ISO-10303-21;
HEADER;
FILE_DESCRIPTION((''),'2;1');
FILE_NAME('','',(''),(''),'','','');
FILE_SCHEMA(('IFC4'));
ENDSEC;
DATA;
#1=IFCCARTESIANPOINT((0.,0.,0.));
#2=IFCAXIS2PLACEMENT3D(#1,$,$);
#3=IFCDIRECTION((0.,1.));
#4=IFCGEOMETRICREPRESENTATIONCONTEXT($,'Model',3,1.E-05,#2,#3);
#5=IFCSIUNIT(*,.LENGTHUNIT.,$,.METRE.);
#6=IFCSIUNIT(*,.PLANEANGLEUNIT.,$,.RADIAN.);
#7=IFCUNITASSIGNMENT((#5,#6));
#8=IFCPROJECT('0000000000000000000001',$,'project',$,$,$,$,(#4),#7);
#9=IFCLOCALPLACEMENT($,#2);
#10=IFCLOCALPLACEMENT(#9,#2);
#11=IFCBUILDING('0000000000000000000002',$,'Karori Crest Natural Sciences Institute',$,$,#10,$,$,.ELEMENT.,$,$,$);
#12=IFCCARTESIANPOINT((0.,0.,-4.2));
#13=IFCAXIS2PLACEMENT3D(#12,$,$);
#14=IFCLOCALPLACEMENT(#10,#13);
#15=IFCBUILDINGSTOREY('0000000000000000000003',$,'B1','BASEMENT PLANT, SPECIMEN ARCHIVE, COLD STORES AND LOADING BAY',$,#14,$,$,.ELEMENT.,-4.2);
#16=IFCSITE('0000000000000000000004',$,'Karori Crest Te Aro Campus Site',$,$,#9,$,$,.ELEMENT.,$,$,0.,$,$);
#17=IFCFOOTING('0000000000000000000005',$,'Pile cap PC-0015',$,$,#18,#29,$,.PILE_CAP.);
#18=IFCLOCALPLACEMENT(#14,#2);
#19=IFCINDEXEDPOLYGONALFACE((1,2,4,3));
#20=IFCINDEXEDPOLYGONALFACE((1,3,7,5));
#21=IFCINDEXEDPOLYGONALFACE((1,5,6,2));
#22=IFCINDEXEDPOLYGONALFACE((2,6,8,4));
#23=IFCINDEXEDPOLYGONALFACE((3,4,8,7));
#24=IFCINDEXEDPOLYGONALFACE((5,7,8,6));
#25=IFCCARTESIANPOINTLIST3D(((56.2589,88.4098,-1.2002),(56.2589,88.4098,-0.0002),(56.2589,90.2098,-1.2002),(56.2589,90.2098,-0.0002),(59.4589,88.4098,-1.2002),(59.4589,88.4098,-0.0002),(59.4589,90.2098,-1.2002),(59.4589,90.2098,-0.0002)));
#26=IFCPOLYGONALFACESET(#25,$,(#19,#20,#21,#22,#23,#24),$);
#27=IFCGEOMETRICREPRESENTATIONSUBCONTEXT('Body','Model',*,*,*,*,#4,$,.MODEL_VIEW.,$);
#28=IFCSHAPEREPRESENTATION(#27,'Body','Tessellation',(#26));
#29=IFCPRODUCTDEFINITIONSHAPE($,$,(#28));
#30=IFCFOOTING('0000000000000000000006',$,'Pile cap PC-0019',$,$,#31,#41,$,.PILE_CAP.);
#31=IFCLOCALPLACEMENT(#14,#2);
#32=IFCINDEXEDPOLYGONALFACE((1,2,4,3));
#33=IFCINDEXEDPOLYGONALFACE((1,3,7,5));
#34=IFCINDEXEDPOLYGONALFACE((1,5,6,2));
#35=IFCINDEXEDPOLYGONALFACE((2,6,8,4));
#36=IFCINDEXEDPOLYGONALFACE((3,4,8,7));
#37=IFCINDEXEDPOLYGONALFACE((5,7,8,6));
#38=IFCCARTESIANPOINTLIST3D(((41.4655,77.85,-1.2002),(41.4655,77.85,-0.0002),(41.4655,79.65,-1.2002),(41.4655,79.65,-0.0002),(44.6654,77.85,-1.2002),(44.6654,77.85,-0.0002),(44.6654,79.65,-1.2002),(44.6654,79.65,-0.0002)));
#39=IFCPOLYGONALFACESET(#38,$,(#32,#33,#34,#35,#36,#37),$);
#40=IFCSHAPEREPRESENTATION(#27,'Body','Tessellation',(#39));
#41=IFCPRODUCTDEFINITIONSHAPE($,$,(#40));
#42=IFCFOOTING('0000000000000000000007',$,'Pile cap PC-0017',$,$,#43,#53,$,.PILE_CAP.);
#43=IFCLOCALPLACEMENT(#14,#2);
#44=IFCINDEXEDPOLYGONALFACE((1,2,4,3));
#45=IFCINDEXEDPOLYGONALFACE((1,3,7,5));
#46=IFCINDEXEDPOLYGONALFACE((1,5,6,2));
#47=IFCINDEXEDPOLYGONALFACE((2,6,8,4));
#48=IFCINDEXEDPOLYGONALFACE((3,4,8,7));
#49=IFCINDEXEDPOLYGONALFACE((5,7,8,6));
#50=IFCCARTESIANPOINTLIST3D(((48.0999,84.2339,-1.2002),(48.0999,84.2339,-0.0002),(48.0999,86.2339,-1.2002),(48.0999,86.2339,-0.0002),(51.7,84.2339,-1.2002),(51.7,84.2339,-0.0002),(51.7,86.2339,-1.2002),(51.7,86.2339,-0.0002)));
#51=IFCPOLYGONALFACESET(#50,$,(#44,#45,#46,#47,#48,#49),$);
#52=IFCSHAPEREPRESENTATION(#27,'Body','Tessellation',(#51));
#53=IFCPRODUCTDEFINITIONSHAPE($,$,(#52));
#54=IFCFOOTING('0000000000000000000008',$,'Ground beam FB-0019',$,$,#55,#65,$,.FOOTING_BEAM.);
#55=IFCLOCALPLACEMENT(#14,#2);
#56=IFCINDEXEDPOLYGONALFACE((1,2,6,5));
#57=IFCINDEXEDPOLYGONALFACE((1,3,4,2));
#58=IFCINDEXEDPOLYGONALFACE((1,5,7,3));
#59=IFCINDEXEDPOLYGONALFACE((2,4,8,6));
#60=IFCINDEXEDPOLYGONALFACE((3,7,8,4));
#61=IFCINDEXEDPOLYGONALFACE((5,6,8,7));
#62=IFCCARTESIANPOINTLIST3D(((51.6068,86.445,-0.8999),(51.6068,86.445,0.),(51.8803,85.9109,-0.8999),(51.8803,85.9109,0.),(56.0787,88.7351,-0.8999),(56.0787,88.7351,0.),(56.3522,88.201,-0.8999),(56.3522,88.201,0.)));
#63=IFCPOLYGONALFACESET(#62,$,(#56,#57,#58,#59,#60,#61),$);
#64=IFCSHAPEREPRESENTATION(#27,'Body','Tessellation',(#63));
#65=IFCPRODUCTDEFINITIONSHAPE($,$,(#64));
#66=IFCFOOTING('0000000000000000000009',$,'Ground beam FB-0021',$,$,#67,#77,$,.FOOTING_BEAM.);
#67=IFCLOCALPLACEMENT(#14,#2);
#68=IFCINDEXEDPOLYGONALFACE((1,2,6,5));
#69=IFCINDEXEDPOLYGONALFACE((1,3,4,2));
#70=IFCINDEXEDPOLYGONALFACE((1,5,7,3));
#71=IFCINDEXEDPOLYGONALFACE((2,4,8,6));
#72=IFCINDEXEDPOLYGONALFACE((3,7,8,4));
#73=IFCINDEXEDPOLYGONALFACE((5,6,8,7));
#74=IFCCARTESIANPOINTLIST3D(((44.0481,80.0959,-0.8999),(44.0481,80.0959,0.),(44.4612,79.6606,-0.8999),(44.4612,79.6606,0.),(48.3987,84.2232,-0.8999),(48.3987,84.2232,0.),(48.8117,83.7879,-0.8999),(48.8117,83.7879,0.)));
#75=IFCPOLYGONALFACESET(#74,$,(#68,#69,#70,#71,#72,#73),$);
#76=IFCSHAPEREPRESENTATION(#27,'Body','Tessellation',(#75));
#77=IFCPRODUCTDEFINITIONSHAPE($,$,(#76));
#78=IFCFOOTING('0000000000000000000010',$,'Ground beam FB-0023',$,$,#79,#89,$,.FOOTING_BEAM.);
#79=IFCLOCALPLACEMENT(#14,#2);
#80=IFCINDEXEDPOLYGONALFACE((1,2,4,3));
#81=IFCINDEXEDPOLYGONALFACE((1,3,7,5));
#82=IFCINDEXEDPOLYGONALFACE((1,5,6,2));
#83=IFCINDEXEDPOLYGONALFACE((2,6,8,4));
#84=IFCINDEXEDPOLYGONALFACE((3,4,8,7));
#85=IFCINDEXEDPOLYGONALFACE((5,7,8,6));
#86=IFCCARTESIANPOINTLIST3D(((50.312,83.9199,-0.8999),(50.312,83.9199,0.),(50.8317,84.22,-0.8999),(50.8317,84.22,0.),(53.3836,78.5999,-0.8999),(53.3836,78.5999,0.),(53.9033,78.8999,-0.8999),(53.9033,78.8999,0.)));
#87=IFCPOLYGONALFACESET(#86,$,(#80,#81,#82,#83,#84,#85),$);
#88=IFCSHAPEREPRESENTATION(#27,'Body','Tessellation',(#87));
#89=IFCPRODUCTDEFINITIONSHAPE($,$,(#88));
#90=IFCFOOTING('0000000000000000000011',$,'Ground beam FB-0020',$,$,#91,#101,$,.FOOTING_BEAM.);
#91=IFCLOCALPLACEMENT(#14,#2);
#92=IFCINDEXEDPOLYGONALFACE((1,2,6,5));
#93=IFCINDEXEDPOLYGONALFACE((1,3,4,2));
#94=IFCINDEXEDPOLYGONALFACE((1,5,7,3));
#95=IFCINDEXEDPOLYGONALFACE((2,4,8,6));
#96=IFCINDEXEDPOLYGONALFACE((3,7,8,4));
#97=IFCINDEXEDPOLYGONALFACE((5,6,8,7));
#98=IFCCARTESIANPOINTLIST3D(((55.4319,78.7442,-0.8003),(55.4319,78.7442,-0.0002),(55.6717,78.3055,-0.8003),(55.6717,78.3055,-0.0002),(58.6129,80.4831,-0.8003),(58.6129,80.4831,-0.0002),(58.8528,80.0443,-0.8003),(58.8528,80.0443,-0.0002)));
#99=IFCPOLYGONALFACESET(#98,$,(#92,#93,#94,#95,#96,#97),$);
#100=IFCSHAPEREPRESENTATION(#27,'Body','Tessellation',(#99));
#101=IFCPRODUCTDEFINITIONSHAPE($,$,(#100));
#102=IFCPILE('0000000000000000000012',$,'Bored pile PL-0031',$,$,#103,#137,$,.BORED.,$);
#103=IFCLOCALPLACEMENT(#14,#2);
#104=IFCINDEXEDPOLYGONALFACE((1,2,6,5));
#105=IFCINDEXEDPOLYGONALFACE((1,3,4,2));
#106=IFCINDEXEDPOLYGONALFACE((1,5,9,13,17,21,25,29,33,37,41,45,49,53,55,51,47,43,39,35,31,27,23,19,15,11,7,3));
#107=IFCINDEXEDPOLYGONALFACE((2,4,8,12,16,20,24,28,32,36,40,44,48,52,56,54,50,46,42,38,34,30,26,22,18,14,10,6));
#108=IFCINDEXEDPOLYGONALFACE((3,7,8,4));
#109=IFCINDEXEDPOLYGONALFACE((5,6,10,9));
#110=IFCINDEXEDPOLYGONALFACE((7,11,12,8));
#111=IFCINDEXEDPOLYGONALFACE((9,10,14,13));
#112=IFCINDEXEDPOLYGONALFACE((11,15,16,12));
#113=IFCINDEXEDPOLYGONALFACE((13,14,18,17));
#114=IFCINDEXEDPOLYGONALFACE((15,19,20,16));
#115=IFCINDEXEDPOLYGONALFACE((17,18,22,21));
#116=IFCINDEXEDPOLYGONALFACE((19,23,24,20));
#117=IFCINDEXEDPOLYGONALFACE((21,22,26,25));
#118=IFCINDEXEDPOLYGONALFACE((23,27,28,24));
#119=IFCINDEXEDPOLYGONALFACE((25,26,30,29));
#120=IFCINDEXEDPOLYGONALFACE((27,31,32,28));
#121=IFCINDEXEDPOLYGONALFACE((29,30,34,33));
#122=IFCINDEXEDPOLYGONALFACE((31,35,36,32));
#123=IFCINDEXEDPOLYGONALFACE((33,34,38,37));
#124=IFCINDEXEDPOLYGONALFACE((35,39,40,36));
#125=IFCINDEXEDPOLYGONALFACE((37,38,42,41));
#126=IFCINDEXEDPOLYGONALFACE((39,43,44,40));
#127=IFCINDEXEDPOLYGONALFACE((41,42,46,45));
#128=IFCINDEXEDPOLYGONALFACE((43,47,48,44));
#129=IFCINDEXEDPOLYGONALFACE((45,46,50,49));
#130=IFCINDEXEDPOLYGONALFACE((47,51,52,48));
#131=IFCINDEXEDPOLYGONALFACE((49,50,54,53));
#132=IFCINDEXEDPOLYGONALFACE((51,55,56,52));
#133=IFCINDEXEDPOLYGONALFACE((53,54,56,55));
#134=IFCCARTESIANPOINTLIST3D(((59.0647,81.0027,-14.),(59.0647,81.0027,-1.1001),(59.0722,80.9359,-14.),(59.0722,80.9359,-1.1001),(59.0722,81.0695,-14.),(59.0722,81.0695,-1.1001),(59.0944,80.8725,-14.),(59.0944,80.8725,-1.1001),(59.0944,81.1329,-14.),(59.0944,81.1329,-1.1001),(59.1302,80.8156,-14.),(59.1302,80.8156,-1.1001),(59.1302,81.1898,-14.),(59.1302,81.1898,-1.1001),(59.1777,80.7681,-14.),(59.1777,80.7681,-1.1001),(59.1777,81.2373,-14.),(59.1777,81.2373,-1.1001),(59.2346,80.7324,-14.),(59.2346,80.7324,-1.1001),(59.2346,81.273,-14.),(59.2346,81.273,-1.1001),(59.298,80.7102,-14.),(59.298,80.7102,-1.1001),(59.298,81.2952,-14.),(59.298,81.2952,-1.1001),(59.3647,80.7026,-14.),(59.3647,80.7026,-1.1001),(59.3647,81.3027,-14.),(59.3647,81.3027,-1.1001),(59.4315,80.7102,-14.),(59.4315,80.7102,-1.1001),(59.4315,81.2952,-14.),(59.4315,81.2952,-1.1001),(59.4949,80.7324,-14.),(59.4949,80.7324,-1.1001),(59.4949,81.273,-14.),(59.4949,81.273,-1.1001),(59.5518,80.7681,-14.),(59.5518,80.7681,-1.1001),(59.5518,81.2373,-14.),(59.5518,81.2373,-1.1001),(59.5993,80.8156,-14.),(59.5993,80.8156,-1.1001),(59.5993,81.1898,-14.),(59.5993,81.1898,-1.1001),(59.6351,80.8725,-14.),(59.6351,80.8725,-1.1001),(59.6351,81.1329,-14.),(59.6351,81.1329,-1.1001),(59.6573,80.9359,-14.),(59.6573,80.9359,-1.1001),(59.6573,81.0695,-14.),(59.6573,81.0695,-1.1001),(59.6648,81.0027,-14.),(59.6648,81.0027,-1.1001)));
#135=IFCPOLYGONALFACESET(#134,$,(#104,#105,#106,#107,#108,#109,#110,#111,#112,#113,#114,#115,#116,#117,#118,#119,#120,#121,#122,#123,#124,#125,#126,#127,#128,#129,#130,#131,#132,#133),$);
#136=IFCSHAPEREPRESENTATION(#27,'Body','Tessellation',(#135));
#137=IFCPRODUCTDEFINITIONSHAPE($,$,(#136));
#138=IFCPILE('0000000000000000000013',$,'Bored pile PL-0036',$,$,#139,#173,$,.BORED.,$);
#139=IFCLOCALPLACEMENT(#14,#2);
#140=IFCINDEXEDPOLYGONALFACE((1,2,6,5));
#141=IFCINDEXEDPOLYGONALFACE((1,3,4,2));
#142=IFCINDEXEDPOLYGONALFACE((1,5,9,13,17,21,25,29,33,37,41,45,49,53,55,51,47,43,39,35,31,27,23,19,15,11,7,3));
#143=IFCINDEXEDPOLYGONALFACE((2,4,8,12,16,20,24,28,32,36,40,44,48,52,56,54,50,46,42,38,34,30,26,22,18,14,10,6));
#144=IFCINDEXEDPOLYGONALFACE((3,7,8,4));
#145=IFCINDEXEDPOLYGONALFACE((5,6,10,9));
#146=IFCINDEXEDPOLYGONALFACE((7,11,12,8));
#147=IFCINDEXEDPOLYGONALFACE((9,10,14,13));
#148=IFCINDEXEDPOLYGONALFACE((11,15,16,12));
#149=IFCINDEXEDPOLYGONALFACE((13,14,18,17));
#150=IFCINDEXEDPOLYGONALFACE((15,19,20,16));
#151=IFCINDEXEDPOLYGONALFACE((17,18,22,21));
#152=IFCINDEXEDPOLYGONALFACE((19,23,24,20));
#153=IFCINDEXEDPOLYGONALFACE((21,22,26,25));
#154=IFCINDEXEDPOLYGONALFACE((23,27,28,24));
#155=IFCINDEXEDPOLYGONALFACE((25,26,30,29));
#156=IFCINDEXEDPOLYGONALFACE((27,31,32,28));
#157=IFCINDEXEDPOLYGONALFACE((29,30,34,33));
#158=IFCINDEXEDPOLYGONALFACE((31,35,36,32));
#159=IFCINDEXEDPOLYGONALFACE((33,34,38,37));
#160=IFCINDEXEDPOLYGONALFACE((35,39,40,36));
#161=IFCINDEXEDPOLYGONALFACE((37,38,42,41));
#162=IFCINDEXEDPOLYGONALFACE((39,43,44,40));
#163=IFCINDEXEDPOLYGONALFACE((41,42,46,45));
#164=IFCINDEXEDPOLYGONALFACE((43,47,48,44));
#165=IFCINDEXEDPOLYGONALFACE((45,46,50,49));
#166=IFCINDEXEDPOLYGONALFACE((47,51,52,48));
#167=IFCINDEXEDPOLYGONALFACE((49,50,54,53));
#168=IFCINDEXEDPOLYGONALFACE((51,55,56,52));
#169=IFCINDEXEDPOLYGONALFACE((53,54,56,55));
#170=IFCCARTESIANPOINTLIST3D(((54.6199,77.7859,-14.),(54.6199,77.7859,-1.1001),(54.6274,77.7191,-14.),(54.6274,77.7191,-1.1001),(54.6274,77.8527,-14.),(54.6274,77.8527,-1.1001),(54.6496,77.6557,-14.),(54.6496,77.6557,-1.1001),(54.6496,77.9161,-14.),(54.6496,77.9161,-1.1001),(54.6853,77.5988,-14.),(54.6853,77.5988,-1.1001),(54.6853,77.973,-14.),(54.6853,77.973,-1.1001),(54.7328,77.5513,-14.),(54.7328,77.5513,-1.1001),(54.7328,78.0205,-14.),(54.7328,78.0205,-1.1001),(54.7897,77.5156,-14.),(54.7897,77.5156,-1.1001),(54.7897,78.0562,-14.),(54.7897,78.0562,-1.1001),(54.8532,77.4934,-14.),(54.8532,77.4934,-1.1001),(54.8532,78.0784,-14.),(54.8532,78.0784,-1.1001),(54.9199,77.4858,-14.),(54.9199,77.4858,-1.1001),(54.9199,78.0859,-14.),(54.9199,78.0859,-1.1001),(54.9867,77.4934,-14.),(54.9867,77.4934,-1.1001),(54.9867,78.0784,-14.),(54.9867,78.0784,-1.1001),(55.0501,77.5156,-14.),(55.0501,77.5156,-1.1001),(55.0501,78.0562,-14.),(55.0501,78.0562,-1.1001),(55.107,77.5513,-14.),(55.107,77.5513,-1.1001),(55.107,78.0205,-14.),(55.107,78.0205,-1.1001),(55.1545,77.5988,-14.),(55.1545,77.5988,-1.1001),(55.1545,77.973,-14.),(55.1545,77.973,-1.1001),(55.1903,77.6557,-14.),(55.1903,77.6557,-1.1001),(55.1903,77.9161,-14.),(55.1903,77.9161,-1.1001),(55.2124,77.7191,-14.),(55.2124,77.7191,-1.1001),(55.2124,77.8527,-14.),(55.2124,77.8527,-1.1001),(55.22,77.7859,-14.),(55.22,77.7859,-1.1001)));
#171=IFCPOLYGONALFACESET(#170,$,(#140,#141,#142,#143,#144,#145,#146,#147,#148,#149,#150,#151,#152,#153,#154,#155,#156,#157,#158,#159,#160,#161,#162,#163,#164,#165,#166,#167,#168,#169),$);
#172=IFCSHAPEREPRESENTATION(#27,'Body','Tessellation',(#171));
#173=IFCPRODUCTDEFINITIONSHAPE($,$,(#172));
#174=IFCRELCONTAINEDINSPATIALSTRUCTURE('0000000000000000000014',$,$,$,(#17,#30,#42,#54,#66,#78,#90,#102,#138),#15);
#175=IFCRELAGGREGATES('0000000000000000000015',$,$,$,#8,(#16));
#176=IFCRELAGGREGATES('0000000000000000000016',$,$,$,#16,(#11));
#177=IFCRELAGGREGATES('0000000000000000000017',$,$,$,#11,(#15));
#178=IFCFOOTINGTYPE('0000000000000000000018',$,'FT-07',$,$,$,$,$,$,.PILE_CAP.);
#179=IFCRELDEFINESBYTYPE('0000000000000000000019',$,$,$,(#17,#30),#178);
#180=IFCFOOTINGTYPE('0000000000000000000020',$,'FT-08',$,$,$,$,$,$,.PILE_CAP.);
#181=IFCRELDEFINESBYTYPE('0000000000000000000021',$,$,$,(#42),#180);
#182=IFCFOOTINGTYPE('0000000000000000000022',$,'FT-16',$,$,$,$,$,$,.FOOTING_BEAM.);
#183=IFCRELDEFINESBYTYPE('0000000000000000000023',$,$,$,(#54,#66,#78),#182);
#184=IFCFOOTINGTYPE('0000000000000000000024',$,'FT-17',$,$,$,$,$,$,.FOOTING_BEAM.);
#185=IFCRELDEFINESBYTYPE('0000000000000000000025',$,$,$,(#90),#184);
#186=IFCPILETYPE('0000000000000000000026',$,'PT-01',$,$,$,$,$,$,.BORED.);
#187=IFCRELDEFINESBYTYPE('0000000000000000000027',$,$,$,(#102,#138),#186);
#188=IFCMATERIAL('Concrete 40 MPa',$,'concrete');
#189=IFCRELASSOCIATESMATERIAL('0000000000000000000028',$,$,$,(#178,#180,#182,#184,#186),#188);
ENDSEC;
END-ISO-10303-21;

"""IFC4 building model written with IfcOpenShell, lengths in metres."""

from ifc_helpers import new_model, si_unit, direction, frame, origin, origin_2d, place, context, subcontext, project, spatial, rectangle, circle, extrude, material, material_profile, profile_set, type_object, element, save


model = new_model("IFC4")

# Units and contexts
model_context = context("Model", 3, precision=1e-05, world=origin(), true_north=direction((0.0, 1.0)))
body_context = subcontext(model_context, "Body", "Model", "MODEL_VIEW")
ifc_project = project(units=[si_unit("LENGTHUNIT", "METRE"), si_unit("PLANEANGLEUNIT", "RADIAN")], contexts=[model_context])

# Site, building, storey
site_placement = place(None, origin())
site = spatial("IfcSite", under=ifc_project, at=site_placement, Name="Karori Crest Te Aro Campus Site", CompositionType="ELEMENT", RefElevation=0.0)
building_placement = place(site_placement, origin())
building = spatial("IfcBuilding", under=site, at=building_placement, Name="Karori Crest Natural Sciences Institute", CompositionType="ELEMENT")
storey_placement = place(building_placement, frame((0.0, 0.0, -4.2)))
storey = spatial("IfcBuildingStorey", under=building, at=storey_placement, Name="B1", Description="BASEMENT PLANT, SPECIMEN ARCHIVE, COLD STORES AND LOADING BAY", CompositionType="ELEMENT", Elevation=-4.2)

# Footings
ifc_material_1 = material(Name="Concrete 40 MPa", Category="concrete")
footing_type_1 = type_object("IfcFootingType", Name="FT-07", PredefinedType="PILE_CAP", material=ifc_material_1)
for number, where, z_axis, x_axis, name in (
    (1, (57.8589, 89.3098, -1.2002), (0.0, 0.0, 1.0), (1.0, 0.0, 0.0), "Pile cap PC-0015"),
    (2, (43.0654, 78.75, -1.2002), (0.0, 0.0, 1.0), (1.0, 0.0, 0.0), "Pile cap PC-0019"),
):
    element("IfcFooting", number, at=place(storey_placement, frame(where, z_axis=z_axis, x_axis=x_axis)), inside=storey, type_object=footing_type_1, Name=name, PredefinedType="PILE_CAP", context=body_context, shape_type="SweptSolid", body=[
        extrude(rectangle(XDim=3.2, YDim=1.8, at=origin_2d()), origin(), (0.0, 0.0, 1.0), 1.2),
    ])
footing_type_2 = type_object("IfcFootingType", Name="FT-08", PredefinedType="PILE_CAP", material=ifc_material_1)
footing_1_placement = place(storey_placement, frame((49.8999, 85.2339, -1.2002), z_axis=(0.0, 0.0, 1.0), x_axis=(1.0, 0.0, 0.0)))
element("IfcFooting", 3, at=footing_1_placement, inside=storey, type_object=footing_type_2, Name="Pile cap PC-0017", PredefinedType="PILE_CAP", context=body_context, shape_type="SweptSolid", body=[
    extrude(rectangle(XDim=3.6001, YDim=2.0, at=origin_2d()), origin(), (0.0, 0.0, 1.0), 1.2),
])
footing_type_3 = type_object("IfcFootingType", Name="FT-16", PredefinedType="FOOTING_BEAM", material=ifc_material_1)
footing_2_placement = place(storey_placement, frame((53.9795, 87.323, -0.8999), z_axis=(0.0, 0.0, 1.0), x_axis=(0.890069, 0.455826, 0.0)))
element("IfcFooting", 4, at=footing_2_placement, inside=storey, type_object=footing_type_3, Name="Ground beam FB-0019", PredefinedType="FOOTING_BEAM", context=body_context, shape_type="SweptSolid", body=[
    extrude(rectangle(XDim=5.0242, YDim=0.6001, at=origin_2d()), origin(), (0.0, 0.0, 1.0), 0.8999),
])
footing_3_placement = place(storey_placement, frame((46.4299, 81.9419, -0.8999), z_axis=(0.0, 0.0, 1.0), x_axis=(0.725475, 0.688248, 0.0)))
element("IfcFooting", 5, at=footing_3_placement, inside=storey, type_object=footing_type_3, Name="Ground beam FB-0021", PredefinedType="FOOTING_BEAM", context=body_context, shape_type="SweptSolid", body=[
    extrude(rectangle(XDim=5.9968, YDim=0.6001, at=origin_2d()), origin(), (0.0, 0.0, 1.0), 0.8999),
])
footing_4_placement = place(storey_placement, frame((52.1077, 81.4099, -0.8999), z_axis=(0.0, 0.0, 1.0), x_axis=(-0.500002, 0.866025, 0.0)))
element("IfcFooting", 6, at=footing_4_placement, inside=storey, type_object=footing_type_3, Name="Ground beam FB-0023", PredefinedType="FOOTING_BEAM", context=body_context, shape_type="SweptSolid", body=[
    extrude(rectangle(XDim=6.1431, YDim=0.6001, at=origin_2d()), origin(), (0.0, 0.0, 1.0), 0.8999),
])
footing_type_4 = type_object("IfcFootingType", Name="FT-17", PredefinedType="FOOTING_BEAM", material=ifc_material_1)
footing_5_placement = place(storey_placement, frame((57.1423, 79.3943, -0.8003), z_axis=(0.0, 0.0, 1.0), x_axis=(0.877462, 0.479646, 0.0)))
element("IfcFooting", 7, at=footing_5_placement, inside=storey, type_object=footing_type_4, Name="Ground beam FB-0020", PredefinedType="FOOTING_BEAM", context=body_context, shape_type="SweptSolid", body=[
    extrude(rectangle(XDim=3.6252, YDim=0.5, at=origin_2d()), origin(), (0.0, 0.0, 1.0), 0.8),
])

# Piles
ifc_material_profile_1 = material_profile(ifc_material_1, circle(Radius=0.3, at=origin_2d()), Name="PILE600")
ifc_profile_set_1 = profile_set([ifc_material_profile_1], Name="Concrete 40 MPa")
pile_type_1 = type_object("IfcPileType", Name="PT-01", PredefinedType="BORED", material=ifc_profile_set_1)
for number, where, z_axis, x_axis, name in (
    (8, (59.3647, 81.0027, -1.1001), (0.0, 0.0, -1.0), (1.0, 0.0, 0.0), "Bored pile PL-0031"),
    (9, (54.9199, 77.7859, -1.1001), (0.0, 0.0, -1.0), (1.0, 0.0, 0.0), "Bored pile PL-0036"),
):
    element("IfcPile", number, at=place(storey_placement, frame(where, z_axis=z_axis, x_axis=x_axis)), inside=storey, type_object=pile_type_1, Name=name, PredefinedType="BORED", context=body_context, shape_type="SweptSolid", body=[
        extrude(circle(Radius=0.3, at=origin_2d()), origin(), (0.0, 0.0, 1.0), 12.8999),
    ])

save(model, "model.ifc")
